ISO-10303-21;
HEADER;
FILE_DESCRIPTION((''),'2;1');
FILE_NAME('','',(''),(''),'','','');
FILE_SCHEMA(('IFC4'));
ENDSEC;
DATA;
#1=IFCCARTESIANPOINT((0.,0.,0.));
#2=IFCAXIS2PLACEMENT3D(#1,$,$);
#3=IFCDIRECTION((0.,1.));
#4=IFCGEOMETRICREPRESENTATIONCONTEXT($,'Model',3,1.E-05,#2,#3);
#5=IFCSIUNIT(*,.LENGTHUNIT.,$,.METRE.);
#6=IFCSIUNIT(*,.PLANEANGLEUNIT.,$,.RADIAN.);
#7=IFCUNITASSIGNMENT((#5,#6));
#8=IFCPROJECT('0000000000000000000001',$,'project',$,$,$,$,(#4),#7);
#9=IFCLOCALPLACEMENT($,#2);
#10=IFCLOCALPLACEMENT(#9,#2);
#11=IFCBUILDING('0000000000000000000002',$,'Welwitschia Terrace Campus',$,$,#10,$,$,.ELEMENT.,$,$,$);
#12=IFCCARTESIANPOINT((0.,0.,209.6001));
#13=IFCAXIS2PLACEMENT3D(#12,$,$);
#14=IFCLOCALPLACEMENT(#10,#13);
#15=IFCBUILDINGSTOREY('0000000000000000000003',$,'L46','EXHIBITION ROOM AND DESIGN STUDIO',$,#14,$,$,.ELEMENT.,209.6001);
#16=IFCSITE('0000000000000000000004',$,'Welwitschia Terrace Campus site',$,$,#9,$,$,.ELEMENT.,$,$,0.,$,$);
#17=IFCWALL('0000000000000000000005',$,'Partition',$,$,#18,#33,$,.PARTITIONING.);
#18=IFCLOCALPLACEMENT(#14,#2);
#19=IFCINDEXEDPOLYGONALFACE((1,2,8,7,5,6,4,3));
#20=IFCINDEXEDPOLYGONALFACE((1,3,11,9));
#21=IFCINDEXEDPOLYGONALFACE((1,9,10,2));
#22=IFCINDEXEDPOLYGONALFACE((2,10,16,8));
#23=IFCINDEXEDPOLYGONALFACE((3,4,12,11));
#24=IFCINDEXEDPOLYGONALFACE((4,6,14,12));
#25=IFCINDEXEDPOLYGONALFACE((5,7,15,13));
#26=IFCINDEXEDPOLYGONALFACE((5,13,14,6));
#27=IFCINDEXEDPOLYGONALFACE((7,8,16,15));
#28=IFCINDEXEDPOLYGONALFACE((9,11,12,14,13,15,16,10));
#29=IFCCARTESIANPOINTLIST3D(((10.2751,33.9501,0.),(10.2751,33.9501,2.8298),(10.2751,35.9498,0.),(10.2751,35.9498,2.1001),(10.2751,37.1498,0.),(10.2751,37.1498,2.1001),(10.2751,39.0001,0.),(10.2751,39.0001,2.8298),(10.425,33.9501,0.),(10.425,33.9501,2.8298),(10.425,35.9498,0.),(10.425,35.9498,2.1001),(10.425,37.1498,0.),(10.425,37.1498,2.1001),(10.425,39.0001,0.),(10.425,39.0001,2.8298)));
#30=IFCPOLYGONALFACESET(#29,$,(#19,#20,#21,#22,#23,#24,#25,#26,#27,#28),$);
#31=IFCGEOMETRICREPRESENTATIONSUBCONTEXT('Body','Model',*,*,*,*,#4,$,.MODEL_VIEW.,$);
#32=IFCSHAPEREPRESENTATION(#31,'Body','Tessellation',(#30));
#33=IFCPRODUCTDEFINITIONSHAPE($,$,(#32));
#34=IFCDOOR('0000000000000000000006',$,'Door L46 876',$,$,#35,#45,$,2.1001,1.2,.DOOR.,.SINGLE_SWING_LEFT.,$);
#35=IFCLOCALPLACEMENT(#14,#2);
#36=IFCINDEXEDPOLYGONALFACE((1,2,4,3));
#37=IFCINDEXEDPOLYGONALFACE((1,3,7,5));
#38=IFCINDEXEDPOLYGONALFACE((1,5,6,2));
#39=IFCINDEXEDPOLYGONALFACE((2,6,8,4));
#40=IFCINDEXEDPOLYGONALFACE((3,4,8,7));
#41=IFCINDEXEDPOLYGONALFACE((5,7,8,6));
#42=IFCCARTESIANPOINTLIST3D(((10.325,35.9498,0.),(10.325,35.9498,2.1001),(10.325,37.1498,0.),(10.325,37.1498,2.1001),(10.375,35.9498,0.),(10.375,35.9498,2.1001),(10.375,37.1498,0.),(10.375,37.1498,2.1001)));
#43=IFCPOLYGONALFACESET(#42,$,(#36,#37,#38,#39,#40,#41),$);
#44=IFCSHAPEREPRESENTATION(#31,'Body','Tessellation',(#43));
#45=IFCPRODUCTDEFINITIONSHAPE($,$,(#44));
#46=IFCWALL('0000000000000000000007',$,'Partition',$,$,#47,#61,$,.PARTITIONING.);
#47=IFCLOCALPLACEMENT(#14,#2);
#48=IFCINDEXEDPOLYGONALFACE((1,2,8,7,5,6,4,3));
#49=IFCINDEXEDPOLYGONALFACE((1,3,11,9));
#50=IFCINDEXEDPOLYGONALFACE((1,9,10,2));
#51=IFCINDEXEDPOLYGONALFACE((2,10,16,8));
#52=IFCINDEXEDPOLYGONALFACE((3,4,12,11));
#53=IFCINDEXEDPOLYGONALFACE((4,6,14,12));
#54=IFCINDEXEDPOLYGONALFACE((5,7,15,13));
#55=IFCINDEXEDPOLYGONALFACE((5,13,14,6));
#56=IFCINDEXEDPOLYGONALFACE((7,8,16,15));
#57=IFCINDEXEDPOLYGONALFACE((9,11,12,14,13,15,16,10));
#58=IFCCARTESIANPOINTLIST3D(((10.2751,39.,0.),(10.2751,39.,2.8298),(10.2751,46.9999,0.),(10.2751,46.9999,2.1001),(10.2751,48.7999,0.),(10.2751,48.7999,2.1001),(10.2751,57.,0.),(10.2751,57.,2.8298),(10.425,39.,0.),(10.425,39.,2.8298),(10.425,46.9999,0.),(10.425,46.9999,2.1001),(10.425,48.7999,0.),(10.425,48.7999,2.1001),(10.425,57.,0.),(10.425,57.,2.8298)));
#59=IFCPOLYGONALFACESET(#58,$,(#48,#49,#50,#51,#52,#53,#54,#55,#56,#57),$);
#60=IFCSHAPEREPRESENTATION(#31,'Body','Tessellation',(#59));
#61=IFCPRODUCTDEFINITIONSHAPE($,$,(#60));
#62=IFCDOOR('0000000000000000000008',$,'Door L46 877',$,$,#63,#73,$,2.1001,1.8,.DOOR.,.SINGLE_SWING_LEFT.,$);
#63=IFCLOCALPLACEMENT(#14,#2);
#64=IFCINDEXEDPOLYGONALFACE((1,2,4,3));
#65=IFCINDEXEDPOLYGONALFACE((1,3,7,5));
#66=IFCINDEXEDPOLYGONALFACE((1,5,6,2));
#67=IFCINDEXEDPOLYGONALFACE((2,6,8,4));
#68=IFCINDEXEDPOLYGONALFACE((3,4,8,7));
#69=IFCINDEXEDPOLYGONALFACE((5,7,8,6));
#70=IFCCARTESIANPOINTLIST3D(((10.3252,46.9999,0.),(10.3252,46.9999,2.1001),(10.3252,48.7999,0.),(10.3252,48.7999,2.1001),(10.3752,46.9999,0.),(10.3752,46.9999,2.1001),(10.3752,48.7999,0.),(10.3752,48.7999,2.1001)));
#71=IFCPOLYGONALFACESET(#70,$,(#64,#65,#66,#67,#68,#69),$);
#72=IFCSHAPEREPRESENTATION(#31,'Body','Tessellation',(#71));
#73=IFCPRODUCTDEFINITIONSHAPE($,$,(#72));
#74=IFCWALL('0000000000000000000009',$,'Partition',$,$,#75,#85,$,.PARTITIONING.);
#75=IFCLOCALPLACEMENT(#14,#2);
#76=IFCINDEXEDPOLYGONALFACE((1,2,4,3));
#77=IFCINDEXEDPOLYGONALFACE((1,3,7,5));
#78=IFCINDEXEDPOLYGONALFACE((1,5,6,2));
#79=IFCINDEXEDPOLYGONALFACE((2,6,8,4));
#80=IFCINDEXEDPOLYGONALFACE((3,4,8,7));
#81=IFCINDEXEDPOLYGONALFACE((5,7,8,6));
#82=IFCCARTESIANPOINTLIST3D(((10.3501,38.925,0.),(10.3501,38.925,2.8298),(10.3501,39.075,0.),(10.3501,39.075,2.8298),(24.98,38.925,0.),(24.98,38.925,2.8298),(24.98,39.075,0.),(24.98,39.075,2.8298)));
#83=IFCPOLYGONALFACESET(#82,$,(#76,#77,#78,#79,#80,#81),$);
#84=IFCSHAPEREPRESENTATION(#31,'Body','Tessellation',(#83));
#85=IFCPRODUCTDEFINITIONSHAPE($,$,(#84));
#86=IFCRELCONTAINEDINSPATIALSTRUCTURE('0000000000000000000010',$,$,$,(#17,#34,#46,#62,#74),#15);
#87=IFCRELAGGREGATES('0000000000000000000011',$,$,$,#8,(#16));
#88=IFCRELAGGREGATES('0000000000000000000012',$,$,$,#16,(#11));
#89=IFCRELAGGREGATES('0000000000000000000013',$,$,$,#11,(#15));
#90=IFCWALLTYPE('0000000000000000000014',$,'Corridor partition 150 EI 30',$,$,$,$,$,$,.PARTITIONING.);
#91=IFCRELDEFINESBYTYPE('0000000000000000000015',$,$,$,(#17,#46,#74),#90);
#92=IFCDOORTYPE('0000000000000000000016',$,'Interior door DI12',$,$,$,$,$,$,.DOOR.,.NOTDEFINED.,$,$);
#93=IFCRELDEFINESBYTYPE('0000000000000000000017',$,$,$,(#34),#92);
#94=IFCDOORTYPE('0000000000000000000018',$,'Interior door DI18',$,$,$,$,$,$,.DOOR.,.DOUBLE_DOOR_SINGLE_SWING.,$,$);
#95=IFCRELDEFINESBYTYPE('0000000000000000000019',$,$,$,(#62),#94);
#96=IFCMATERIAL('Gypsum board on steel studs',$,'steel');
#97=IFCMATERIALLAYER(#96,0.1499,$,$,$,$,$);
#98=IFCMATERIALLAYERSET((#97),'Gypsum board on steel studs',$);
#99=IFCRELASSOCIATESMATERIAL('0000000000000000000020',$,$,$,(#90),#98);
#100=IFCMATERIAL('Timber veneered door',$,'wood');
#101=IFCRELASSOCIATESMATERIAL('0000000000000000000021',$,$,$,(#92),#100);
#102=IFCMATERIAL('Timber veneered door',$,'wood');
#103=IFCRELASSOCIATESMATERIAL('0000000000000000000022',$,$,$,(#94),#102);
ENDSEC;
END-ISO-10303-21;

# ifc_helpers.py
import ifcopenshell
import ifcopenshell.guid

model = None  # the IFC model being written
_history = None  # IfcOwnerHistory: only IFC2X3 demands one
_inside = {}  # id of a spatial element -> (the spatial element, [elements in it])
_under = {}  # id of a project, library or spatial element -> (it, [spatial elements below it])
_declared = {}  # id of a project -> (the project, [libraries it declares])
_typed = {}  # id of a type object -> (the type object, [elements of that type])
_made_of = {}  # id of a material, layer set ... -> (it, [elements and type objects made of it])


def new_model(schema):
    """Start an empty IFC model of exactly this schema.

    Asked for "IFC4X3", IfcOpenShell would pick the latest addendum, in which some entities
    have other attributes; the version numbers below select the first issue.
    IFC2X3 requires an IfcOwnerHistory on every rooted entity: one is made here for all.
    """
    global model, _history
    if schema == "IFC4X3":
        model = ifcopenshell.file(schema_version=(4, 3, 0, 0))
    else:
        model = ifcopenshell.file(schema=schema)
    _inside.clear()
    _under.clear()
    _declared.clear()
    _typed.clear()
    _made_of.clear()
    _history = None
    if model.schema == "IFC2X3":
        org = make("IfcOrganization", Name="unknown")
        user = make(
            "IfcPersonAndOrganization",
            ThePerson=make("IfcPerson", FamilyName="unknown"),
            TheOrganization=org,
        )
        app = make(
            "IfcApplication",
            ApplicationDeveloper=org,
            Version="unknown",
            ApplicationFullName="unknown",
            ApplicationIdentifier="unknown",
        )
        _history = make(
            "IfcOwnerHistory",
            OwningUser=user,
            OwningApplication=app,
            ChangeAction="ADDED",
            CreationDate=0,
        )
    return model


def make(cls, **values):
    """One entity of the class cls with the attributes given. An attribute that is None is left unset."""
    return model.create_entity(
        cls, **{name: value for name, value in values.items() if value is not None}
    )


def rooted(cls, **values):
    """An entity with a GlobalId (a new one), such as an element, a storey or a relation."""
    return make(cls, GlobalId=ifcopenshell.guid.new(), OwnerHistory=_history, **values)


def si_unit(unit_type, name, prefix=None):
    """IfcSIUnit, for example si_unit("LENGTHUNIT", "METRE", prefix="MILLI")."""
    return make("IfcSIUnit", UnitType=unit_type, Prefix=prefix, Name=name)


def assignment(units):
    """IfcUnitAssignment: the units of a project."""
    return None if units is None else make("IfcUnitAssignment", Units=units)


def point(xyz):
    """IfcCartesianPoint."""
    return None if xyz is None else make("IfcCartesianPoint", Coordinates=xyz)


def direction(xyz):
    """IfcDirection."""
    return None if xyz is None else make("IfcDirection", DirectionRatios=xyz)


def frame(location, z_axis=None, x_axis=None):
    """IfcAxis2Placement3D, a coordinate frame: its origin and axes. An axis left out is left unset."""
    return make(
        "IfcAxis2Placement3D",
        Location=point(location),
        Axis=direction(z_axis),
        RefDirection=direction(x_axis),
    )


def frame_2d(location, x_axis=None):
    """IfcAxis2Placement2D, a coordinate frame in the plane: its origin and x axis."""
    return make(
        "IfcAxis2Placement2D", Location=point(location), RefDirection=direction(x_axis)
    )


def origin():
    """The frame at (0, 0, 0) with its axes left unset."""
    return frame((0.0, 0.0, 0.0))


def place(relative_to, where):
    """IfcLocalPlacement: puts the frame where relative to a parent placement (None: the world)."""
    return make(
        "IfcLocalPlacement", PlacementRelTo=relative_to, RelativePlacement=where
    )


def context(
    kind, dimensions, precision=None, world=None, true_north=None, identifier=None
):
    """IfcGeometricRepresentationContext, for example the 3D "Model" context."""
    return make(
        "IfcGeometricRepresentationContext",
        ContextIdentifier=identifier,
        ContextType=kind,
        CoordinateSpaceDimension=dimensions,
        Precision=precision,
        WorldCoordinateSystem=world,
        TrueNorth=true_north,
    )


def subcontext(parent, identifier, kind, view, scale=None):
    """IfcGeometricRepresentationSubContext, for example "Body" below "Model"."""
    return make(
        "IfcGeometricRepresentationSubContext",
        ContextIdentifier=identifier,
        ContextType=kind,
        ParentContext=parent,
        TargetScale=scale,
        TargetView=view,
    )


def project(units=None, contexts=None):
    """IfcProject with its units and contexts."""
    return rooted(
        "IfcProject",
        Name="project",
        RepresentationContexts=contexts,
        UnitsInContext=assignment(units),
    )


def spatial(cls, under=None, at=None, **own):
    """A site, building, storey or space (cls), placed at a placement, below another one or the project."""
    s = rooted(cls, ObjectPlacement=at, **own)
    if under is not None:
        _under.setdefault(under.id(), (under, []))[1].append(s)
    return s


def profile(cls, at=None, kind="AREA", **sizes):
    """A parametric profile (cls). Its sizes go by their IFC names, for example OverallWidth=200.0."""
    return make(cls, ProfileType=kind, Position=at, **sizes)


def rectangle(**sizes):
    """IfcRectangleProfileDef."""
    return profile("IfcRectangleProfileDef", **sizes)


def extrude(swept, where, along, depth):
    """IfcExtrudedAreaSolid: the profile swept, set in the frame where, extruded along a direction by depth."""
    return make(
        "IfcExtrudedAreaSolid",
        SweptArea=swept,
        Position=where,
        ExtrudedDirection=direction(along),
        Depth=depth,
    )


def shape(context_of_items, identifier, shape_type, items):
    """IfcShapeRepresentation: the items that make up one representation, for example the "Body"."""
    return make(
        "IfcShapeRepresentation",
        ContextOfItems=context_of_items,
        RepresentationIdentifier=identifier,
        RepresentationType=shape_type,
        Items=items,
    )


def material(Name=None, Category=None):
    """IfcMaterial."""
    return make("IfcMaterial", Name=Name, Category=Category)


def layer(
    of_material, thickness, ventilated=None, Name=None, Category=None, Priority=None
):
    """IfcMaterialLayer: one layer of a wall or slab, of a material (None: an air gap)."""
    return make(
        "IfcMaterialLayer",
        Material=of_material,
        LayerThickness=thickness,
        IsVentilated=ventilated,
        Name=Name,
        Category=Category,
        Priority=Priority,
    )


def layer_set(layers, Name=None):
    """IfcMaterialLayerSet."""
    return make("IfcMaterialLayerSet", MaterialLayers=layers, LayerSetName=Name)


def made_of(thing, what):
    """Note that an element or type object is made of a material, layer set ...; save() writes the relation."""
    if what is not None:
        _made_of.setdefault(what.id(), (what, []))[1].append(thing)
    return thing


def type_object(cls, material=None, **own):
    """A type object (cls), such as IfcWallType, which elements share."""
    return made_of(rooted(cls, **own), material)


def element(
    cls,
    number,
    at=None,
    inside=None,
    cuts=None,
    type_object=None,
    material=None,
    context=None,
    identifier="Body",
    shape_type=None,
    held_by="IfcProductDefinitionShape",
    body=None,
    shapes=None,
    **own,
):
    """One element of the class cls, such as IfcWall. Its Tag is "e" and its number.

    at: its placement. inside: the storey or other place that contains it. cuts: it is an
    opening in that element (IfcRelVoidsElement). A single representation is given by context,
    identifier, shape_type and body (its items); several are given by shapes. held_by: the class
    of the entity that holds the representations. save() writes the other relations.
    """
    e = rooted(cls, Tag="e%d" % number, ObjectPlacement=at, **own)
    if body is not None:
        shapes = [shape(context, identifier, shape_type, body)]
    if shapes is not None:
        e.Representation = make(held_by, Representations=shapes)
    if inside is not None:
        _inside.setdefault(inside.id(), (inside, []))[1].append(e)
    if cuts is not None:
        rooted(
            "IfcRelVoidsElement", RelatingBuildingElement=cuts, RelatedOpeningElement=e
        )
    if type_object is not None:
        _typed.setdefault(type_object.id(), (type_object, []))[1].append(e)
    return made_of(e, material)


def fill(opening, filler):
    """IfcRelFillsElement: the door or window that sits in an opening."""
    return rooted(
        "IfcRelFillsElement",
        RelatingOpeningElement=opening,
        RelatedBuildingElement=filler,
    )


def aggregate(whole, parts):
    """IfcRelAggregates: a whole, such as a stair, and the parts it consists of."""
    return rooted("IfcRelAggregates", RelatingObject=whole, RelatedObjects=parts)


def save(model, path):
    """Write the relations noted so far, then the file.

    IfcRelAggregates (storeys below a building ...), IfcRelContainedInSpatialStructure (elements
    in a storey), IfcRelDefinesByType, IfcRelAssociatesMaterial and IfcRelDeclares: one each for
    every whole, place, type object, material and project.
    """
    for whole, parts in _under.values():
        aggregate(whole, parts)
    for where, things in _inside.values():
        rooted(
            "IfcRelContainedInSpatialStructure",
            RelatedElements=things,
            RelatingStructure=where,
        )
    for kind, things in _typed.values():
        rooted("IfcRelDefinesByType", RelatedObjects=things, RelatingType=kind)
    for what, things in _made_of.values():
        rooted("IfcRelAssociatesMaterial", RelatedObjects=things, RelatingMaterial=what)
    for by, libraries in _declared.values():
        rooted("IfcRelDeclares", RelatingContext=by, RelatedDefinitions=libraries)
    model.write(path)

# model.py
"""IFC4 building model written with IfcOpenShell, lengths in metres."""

from ifc_helpers import new_model, si_unit, direction, frame, frame_2d, origin, place, context, subcontext, project, spatial, rectangle, extrude, material, layer, layer_set, type_object, element, fill, save


model = new_model("IFC4")

# Units and contexts
model_context = context("Model", 3, precision=1e-05, world=origin(), true_north=direction((0.0, 1.0)))
body_context = subcontext(model_context, "Body", "Model", "MODEL_VIEW")
ifc_project = project(units=[si_unit("LENGTHUNIT", "METRE"), si_unit("PLANEANGLEUNIT", "RADIAN")], contexts=[model_context])

# Site, building, storey
site_placement = place(None, origin())
site = spatial("IfcSite", under=ifc_project, at=site_placement, Name="Welwitschia Terrace Campus site", CompositionType="ELEMENT", RefElevation=0.0)
building_placement = place(site_placement, origin())
building = spatial("IfcBuilding", under=site, at=building_placement, Name="Welwitschia Terrace Campus", CompositionType="ELEMENT")
storey_placement = place(building_placement, frame((0.0, 0.0, 209.6001)))
storey = spatial("IfcBuildingStorey", under=building, at=storey_placement, Name="L46", Description="EXHIBITION ROOM AND DESIGN STUDIO", CompositionType="ELEMENT", Elevation=209.6001)

# Shared definitions
ifc_material_1 = material(Name="Gypsum board on steel studs", Category="steel")
ifc_layer_1 = layer(ifc_material_1, 0.1499)
ifc_layer_set_1 = layer_set([ifc_layer_1], Name="Gypsum board on steel studs")
wall_type = type_object("IfcWallType", Name="Corridor partition 150 EI 30", PredefinedType="PARTITIONING", material=ifc_layer_set_1)

# Walls, openings, doors
wall_1_placement = place(storey_placement, frame((10.3501, 39.0, 0.0), z_axis=(0.0, 0.0, 1.0), x_axis=(0.0, -1.0, 0.0)))
wall_1 = element("IfcWall", 1, at=wall_1_placement, inside=storey, type_object=wall_type, Name="Partition", PredefinedType="PARTITIONING", context=body_context, shape_type="SweptSolid", body=[
    extrude(rectangle(XDim=5.05, YDim=0.1499, at=frame_2d((2.5249, 0.0))), origin(), (0.0, 0.0, 1.0), 2.8298),
])
opening_1_placement = place(wall_1_placement, frame((1.8501, 0.0, 0.0)))
opening_1 = element("IfcOpeningElement", 2, at=opening_1_placement, cuts=wall_1, PredefinedType="OPENING", context=body_context, shape_type="SweptSolid", body=[
    extrude(rectangle(XDim=1.2, YDim=2.1001, at=frame_2d((0.6001, 1.05))), frame((0.0, 0.085, 0.0), z_axis=(0.0, -1.0, 0.0), x_axis=(1.0, 0.0, 0.0)), (0.0, 0.0, 1.0), 0.1699),
])
ifc_material_2 = material(Name="Timber veneered door", Category="wood")
door_type_1 = type_object("IfcDoorType", Name="Interior door DI12", OperationType="NOTDEFINED", PredefinedType="DOOR", material=ifc_material_2)
door_1_placement = place(opening_1_placement, origin())
door_1 = element("IfcDoor", 3, at=door_1_placement, inside=storey, type_object=door_type_1, Name="Door L46 876", OperationType="SINGLE_SWING_LEFT", OverallHeight=2.1001, OverallWidth=1.2, PredefinedType="DOOR", context=body_context, shape_type="SweptSolid", body=[
    extrude(rectangle(XDim=1.2, YDim=2.1001, at=frame_2d((0.6001, 1.05))), frame((0.0, 0.0249, 0.0), z_axis=(0.0, -1.0, 0.0), x_axis=(1.0, 0.0, 0.0)), (0.0, 0.0, 1.0), 0.05),
])
fill(opening_1, door_1)
wall_2_placement = place(storey_placement, frame((10.3501, 39.0, 0.0), z_axis=(0.0, 0.0, 1.0), x_axis=(0.0, 1.0, 0.0)))
wall_2 = element("IfcWall", 4, at=wall_2_placement, inside=storey, type_object=wall_type, Name="Partition", PredefinedType="PARTITIONING", context=body_context, shape_type="SweptSolid", body=[
    extrude(rectangle(XDim=18.0, YDim=0.1499, at=frame_2d((9.0, 0.0))), origin(), (0.0, 0.0, 1.0), 2.8298),
])
opening_2_placement = place(wall_2_placement, frame((8.0, 0.0, 0.0)))
opening_2 = element("IfcOpeningElement", 5, at=opening_2_placement, cuts=wall_2, PredefinedType="OPENING", context=body_context, shape_type="SweptSolid", body=[
    extrude(rectangle(XDim=1.8, YDim=2.1001, at=frame_2d((0.8999, 1.05))), frame((0.0, 0.085, 0.0), z_axis=(0.0, -1.0, 0.0), x_axis=(1.0, 0.0, 0.0)), (0.0, 0.0, 1.0), 0.1699),
])
ifc_material_3 = material(Name="Timber veneered door", Category="wood")
door_type_2 = type_object("IfcDoorType", Name="Interior door DI18", OperationType="DOUBLE_DOOR_SINGLE_SWING", PredefinedType="DOOR", material=ifc_material_3)
door_2_placement = place(opening_2_placement, origin())
door_2 = element("IfcDoor", 6, at=door_2_placement, inside=storey, type_object=door_type_2, Name="Door L46 877", OperationType="SINGLE_SWING_LEFT", OverallHeight=2.1001, OverallWidth=1.8, PredefinedType="DOOR", context=body_context, shape_type="SweptSolid", body=[
    extrude(rectangle(XDim=1.8, YDim=2.1001, at=frame_2d((0.8999, 1.05))), frame((0.0, 0.0249, 0.0), z_axis=(0.0, -1.0, 0.0), x_axis=(1.0, 0.0, 0.0)), (0.0, 0.0, 1.0), 0.05),
])
fill(opening_2, door_2)

# Wall
wall_3_placement = place(storey_placement, frame((10.3501, 39.0, 0.0), z_axis=(0.0, 0.0, 1.0), x_axis=(1.0, 0.0, 0.0)))
element("IfcWall", 7, at=wall_3_placement, inside=storey, type_object=wall_type, Name="Partition", PredefinedType="PARTITIONING", context=body_context, shape_type="SweptSolid", body=[
    extrude(rectangle(XDim=14.6299, YDim=0.1499, at=frame_2d((7.3149, 0.0))), origin(), (0.0, 0.0, 1.0), 2.8298),
])

save(model, "model.ifc")
